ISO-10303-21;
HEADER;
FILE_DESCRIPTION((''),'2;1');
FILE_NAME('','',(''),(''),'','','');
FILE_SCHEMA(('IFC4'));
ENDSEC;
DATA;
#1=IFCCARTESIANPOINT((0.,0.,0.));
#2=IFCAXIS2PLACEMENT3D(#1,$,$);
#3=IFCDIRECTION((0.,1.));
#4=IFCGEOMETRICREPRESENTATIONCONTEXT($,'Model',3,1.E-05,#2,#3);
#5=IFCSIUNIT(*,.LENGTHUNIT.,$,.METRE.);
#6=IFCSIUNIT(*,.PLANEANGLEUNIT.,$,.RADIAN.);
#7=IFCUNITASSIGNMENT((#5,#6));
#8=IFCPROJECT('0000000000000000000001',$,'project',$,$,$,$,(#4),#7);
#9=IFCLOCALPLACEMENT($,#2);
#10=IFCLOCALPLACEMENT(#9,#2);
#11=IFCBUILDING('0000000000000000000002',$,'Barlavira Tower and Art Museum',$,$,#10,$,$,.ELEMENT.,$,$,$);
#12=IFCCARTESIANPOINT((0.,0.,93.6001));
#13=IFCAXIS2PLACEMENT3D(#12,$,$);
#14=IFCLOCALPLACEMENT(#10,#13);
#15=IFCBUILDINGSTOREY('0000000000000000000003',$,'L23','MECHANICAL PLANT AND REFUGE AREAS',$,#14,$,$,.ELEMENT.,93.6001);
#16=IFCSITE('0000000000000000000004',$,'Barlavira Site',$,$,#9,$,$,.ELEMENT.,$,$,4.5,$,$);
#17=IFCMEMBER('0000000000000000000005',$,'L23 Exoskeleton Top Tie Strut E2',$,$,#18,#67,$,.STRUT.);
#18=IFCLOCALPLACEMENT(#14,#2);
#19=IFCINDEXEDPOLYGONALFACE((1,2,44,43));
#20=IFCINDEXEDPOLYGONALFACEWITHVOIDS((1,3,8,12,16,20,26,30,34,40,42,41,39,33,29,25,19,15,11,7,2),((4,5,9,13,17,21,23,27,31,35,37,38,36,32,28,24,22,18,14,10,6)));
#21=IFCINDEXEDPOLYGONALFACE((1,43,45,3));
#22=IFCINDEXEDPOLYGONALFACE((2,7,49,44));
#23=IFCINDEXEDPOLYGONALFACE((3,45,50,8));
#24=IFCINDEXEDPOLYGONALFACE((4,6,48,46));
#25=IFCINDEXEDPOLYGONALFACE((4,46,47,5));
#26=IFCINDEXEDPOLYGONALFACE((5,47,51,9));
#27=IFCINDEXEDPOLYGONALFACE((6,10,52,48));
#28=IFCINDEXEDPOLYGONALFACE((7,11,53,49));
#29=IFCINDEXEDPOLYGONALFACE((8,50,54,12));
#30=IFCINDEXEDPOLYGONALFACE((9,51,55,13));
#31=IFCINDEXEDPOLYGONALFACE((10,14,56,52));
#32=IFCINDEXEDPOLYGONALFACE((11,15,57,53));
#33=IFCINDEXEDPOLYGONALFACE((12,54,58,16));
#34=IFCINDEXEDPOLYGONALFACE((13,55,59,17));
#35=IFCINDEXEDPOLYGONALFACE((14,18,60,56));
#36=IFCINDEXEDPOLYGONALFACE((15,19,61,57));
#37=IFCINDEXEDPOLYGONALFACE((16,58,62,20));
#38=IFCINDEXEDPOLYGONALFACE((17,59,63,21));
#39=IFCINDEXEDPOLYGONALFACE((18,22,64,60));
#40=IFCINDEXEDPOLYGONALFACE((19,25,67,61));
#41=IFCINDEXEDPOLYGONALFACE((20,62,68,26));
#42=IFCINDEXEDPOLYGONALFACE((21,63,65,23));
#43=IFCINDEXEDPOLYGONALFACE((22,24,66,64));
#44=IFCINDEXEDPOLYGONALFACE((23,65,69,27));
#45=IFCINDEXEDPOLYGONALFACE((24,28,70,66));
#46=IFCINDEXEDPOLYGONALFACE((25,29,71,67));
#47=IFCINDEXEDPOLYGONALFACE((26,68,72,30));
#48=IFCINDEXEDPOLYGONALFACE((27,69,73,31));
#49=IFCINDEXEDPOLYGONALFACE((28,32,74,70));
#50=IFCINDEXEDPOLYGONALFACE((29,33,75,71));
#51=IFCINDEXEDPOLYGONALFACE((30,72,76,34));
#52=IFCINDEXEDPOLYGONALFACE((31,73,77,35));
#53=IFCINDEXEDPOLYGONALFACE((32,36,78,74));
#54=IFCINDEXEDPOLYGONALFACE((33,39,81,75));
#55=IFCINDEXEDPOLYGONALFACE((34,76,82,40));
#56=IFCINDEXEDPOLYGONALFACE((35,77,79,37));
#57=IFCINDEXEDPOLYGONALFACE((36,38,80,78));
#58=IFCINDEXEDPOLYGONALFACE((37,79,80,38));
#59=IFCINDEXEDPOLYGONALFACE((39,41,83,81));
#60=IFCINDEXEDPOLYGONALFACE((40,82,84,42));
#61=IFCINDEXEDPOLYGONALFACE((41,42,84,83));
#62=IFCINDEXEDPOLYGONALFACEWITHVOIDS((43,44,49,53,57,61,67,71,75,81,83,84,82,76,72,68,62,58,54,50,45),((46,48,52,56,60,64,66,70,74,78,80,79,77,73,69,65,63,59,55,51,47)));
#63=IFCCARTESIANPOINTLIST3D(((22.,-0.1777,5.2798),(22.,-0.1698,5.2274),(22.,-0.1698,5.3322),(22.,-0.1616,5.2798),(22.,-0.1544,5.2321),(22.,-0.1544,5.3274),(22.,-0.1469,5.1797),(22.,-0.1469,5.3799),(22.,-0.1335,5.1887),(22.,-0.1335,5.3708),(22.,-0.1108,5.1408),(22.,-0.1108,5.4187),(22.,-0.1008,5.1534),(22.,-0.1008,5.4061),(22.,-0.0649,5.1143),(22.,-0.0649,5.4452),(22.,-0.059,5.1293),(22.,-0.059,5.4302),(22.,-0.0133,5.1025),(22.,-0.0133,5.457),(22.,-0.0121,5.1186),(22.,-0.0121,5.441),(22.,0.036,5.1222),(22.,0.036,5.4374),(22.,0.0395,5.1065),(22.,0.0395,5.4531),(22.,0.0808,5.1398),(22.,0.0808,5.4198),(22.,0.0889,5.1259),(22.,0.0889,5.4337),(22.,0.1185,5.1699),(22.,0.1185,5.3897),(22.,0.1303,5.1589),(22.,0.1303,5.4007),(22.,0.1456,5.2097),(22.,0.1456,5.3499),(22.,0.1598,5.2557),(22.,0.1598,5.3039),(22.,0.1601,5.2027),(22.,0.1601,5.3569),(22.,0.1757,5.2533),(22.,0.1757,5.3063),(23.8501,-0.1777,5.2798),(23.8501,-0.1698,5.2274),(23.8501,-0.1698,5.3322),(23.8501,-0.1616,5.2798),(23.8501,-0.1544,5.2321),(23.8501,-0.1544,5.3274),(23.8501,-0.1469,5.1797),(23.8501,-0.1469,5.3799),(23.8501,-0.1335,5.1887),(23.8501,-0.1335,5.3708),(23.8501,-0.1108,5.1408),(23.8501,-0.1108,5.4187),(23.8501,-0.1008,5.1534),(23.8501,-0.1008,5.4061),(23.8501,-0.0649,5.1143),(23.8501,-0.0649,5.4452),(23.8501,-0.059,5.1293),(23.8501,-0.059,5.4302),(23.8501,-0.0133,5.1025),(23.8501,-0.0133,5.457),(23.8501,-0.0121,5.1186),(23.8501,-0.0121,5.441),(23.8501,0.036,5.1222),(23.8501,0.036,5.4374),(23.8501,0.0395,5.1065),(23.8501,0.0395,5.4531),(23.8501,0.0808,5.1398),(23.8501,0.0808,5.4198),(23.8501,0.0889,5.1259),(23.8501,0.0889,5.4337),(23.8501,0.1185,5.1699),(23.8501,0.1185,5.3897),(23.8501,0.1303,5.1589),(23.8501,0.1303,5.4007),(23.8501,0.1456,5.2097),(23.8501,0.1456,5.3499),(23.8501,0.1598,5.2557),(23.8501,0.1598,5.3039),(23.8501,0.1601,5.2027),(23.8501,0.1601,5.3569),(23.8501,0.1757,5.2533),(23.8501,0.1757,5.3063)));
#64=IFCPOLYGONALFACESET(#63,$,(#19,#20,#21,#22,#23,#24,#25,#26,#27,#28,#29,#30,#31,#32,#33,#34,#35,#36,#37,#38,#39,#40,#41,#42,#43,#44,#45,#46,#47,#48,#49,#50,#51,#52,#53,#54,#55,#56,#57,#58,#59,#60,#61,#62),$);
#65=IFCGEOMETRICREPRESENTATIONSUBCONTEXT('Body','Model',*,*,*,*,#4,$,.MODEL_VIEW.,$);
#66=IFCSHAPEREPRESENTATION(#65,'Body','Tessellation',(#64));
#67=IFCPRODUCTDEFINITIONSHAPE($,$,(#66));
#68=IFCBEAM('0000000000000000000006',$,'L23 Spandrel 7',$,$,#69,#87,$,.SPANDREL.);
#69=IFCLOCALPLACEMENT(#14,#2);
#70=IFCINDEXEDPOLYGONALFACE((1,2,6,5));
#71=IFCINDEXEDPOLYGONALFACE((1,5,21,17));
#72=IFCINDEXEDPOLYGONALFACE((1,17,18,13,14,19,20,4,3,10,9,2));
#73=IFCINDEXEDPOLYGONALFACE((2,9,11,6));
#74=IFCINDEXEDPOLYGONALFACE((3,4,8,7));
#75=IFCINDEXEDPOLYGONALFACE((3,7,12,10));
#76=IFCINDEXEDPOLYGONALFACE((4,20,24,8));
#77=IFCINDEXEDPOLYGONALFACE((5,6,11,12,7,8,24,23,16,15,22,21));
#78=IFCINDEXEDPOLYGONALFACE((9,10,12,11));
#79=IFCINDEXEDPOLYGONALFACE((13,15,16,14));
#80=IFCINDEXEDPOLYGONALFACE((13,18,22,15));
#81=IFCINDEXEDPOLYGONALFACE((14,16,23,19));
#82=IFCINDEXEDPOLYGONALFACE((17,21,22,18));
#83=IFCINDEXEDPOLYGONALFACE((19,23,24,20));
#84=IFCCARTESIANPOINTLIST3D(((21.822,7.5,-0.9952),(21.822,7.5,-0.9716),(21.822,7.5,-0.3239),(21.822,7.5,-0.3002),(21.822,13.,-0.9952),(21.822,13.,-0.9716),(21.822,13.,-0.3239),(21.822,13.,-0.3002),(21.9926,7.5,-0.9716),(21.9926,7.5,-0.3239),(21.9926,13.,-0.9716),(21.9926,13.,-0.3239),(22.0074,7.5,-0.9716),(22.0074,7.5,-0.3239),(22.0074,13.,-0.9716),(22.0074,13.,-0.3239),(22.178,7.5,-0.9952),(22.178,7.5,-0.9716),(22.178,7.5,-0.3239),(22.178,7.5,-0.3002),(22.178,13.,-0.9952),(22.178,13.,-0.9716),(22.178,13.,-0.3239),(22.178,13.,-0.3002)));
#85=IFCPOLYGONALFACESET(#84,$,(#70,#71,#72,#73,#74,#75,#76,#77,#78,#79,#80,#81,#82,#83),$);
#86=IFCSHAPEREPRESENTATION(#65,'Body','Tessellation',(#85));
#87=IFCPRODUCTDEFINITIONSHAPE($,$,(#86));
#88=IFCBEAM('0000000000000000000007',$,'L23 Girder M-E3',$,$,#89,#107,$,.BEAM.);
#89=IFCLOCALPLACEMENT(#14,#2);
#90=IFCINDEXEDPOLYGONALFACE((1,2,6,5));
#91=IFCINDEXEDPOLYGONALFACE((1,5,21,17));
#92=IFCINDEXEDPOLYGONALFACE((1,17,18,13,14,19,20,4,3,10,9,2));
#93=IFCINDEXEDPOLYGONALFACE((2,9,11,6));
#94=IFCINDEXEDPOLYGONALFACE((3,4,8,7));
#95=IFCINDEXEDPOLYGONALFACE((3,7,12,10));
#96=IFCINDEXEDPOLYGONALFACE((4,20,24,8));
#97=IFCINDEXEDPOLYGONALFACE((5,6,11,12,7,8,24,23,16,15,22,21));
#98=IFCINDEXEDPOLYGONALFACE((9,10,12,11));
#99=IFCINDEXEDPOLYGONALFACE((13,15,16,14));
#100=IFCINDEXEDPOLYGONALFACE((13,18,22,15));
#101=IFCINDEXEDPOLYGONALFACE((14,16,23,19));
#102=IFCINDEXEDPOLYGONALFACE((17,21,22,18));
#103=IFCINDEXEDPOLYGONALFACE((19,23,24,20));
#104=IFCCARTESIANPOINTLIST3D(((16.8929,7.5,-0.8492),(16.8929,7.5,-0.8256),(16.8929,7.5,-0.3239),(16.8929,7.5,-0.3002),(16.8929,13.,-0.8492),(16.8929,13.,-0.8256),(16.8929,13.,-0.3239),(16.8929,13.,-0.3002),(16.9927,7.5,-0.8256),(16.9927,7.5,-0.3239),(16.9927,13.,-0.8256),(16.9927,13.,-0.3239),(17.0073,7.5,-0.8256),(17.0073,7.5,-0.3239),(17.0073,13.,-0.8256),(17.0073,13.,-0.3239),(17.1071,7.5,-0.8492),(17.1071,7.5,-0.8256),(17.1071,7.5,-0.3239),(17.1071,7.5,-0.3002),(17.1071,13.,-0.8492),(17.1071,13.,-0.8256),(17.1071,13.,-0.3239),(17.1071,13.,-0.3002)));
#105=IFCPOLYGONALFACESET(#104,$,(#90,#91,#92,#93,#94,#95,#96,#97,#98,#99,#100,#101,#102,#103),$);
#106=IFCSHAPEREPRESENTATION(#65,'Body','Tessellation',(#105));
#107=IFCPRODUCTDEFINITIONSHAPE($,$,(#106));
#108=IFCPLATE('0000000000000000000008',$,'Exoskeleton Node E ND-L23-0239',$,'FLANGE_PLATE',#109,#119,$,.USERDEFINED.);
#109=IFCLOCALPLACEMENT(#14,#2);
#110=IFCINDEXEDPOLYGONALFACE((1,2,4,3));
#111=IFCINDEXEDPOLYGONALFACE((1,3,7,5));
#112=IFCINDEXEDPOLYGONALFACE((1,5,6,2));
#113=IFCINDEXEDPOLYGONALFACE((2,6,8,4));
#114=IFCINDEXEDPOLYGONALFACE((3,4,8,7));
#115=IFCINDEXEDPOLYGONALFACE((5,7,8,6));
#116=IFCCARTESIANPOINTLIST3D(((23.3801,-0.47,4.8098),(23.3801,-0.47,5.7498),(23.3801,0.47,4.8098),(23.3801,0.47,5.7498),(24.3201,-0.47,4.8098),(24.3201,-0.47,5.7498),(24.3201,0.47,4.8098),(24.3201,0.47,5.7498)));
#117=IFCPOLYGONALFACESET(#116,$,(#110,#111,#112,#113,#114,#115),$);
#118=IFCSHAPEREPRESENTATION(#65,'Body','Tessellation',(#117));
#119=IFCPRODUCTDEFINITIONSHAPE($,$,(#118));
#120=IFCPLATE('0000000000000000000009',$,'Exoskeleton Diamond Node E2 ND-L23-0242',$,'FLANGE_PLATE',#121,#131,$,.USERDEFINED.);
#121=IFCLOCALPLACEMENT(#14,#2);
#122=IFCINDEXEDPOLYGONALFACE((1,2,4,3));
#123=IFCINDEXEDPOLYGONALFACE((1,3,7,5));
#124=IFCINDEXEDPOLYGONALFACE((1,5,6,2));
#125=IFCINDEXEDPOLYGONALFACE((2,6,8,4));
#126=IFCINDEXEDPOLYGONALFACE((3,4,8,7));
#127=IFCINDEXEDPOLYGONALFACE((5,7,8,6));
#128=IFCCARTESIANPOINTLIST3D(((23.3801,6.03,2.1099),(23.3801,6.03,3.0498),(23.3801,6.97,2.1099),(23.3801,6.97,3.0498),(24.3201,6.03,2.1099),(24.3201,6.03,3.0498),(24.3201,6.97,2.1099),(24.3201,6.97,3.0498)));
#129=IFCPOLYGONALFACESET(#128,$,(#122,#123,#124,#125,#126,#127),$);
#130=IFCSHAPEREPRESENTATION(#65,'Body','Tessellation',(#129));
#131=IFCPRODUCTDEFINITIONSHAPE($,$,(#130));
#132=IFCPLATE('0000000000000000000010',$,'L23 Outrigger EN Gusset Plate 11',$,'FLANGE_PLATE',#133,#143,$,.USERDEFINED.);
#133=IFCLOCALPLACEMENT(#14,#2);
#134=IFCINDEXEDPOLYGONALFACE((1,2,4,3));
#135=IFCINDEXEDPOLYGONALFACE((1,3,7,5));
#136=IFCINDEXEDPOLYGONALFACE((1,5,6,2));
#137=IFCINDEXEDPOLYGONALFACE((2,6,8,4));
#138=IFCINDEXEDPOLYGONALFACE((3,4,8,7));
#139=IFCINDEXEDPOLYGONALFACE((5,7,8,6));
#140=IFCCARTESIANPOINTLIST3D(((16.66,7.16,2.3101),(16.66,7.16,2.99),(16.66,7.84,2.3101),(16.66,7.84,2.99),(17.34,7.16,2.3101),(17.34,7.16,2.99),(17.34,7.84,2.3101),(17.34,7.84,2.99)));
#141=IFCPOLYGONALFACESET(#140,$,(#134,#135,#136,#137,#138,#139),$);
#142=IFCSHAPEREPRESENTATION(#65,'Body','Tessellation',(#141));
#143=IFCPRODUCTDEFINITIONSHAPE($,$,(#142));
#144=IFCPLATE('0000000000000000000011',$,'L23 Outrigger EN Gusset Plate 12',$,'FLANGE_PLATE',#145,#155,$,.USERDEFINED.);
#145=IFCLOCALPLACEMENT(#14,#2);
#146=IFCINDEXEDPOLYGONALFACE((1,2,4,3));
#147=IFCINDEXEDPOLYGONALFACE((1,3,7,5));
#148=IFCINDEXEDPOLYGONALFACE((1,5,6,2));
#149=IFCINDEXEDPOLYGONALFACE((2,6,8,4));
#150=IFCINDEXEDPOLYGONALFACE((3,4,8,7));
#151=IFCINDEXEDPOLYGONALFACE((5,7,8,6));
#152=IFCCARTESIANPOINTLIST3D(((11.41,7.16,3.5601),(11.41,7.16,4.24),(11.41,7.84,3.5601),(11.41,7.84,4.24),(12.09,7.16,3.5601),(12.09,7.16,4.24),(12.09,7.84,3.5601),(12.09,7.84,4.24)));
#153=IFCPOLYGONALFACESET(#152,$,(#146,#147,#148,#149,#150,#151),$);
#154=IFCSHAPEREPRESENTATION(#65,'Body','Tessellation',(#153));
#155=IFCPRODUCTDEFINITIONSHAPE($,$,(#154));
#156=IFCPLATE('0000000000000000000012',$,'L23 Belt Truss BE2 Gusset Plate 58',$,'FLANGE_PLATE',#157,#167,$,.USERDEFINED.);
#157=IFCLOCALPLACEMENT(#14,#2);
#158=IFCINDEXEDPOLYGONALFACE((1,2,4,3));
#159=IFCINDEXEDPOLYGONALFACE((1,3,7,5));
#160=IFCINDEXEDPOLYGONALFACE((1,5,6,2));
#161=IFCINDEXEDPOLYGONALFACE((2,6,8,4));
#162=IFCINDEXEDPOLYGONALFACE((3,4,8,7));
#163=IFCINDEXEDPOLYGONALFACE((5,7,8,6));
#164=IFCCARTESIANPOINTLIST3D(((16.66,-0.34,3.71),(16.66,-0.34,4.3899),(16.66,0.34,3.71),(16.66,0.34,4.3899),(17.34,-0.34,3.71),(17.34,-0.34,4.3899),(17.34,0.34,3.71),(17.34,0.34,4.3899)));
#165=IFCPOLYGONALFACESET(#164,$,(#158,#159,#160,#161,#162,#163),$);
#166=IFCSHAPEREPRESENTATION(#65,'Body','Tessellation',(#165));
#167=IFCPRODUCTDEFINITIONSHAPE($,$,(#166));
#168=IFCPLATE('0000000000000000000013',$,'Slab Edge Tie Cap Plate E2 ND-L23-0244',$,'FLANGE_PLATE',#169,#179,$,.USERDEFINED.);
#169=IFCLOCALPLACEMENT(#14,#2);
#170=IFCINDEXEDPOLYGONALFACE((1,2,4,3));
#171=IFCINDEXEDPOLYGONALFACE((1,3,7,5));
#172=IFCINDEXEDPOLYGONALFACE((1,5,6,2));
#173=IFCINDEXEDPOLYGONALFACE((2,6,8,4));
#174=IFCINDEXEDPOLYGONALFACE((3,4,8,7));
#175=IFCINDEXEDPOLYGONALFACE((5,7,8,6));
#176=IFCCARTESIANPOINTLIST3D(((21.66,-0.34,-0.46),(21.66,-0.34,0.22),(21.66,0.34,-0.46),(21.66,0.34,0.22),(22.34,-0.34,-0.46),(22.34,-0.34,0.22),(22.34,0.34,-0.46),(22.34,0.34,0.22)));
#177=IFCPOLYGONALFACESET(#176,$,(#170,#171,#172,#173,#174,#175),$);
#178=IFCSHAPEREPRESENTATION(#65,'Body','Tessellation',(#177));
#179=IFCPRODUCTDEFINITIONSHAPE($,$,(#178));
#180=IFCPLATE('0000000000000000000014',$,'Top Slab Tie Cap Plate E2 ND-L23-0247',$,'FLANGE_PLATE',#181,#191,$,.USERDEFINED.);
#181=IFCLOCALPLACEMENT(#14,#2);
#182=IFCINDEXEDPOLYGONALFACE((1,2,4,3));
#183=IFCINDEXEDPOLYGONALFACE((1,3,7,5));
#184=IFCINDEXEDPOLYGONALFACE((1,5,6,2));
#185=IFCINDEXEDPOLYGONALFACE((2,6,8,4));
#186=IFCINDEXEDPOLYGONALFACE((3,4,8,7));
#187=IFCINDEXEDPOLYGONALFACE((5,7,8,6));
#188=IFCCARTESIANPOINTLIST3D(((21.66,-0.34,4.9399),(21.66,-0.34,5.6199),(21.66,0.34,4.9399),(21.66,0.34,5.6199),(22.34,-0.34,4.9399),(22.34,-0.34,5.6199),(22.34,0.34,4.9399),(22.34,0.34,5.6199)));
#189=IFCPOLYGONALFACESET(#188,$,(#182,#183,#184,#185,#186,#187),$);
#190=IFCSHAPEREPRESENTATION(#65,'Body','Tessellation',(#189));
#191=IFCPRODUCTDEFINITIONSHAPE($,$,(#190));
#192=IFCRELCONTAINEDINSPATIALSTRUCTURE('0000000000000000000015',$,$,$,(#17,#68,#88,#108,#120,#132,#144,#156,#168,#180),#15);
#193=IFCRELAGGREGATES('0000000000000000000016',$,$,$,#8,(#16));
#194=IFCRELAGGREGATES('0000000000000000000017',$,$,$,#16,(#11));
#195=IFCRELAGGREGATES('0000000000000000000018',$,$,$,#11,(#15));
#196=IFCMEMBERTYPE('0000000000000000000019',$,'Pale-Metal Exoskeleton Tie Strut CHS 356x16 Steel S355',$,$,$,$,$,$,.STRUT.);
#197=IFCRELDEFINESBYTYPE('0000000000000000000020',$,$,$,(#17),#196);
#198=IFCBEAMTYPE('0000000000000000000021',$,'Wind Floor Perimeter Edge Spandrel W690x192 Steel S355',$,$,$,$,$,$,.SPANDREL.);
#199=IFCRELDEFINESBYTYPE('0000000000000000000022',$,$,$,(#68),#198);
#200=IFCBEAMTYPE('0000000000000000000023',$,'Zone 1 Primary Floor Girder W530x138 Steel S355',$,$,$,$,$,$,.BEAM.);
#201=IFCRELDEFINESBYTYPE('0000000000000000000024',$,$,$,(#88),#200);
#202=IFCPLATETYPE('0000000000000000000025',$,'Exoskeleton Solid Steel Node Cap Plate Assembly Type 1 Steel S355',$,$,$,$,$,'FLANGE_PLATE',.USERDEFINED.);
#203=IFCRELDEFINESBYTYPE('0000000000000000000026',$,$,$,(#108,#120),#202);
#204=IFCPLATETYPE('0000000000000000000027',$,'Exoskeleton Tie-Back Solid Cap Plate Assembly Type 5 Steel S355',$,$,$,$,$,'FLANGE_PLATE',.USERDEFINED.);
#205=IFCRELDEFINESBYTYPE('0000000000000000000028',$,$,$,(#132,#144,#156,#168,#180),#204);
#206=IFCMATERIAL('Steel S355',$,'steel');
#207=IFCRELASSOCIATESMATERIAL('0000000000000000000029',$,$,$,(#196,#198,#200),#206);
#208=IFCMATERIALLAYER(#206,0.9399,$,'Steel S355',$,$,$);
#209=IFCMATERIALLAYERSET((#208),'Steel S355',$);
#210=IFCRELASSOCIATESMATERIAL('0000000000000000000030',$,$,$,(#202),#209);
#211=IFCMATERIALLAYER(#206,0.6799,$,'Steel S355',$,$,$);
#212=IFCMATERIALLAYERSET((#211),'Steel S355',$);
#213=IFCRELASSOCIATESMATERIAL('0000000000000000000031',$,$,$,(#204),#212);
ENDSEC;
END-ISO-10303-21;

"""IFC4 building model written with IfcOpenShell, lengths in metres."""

from ifc_helpers import new_model, si_unit, direction, frame, origin, origin_2d, place, context, subcontext, project, spatial, rectangle, hollow_circle, i_section, extrude, material, layer, layer_set, material_profile, profile_set, type_object, element, save


model = new_model("IFC4")

# Units and contexts
model_context = context("Model", 3, precision=1e-05, world=origin(), true_north=direction((0.0, 1.0)))
body_context = subcontext(model_context, "Body", "Model", "MODEL_VIEW")
ifc_project = project(units=[si_unit("LENGTHUNIT", "METRE"), si_unit("PLANEANGLEUNIT", "RADIAN")], contexts=[model_context])

# Site, building, storey
site_placement = place(None, origin())
site = spatial("IfcSite", under=ifc_project, at=site_placement, Name="Barlavira Site", CompositionType="ELEMENT", RefElevation=4.5)
building_placement = place(site_placement, origin())
building = spatial("IfcBuilding", under=site, at=building_placement, Name="Barlavira Tower and Art Museum", CompositionType="ELEMENT")
storey_placement = place(building_placement, frame((0.0, 0.0, 93.6001)))
storey = spatial("IfcBuildingStorey", under=building, at=storey_placement, Name="L23", Description="MECHANICAL PLANT AND REFUGE AREAS", CompositionType="ELEMENT", Elevation=93.6001)

# Member
ifc_material_1 = material(Name="Steel S355", Category="steel")
ifc_material_profile_1 = material_profile(ifc_material_1, hollow_circle(Radius=0.1777, WallThickness=0.0161, at=origin_2d()), Name="CHS 355.6x16.0")
ifc_profile_set_1 = profile_set([ifc_material_profile_1], Name="Steel S355")
member_type_1 = type_object("IfcMemberType", Name="Pale-Metal Exoskeleton Tie Strut CHS 356x16 Steel S355", PredefinedType="STRUT", material=ifc_profile_set_1)
for number, where, z_axis, x_axis, name in (
    (1, (23.8501, 0.0, 5.2798), (-1.0, 0.0, 0.0), (0.0, -1.0, 0.0), "L23 Exoskeleton Top Tie Strut E2"),
):
    element("IfcMember", number, at=place(storey_placement, frame(where, z_axis=z_axis, x_axis=x_axis)), inside=storey, type_object=member_type_1, Name=name, PredefinedType="STRUT", context=body_context, shape_type="SweptSolid", body=[
        extrude(hollow_circle(Radius=0.1777, WallThickness=0.0161, at=origin_2d()), origin(), (0.0, 0.0, 1.0), 1.8501),
    ])

# Beams
ifc_material_profile_2 = material_profile(ifc_material_1, i_section(OverallWidth=0.356, OverallDepth=0.6951, WebThickness=0.0149, FlangeThickness=0.0237, at=origin_2d()), Name="W690x192.0")
ifc_profile_set_2 = profile_set([ifc_material_profile_2], Name="Steel S355")
beam_type_1 = type_object("IfcBeamType", Name="Wind Floor Perimeter Edge Spandrel W690x192 Steel S355", PredefinedType="SPANDREL", material=ifc_profile_set_2)
beam_1_placement = place(storey_placement, frame((22.0, 7.5, -0.6477), z_axis=(0.0, 1.0, 0.0), x_axis=(-1.0, 0.0, 0.0)))
element("IfcBeam", 2, at=beam_1_placement, inside=storey, type_object=beam_type_1, Name="L23 Spandrel 7", PredefinedType="SPANDREL", context=body_context, shape_type="SweptSolid", body=[
    extrude(i_section(OverallWidth=0.356, OverallDepth=0.6951, WebThickness=0.0149, FlangeThickness=0.0237, at=origin_2d()), origin(), (0.0, 0.0, 1.0), 5.5),
])
ifc_material_profile_3 = material_profile(ifc_material_1, i_section(OverallWidth=0.2141, OverallDepth=0.5491, WebThickness=0.0146, FlangeThickness=0.0237, at=origin_2d()), Name="W530x138.0")
ifc_profile_set_3 = profile_set([ifc_material_profile_3], Name="Steel S355")
beam_type_2 = type_object("IfcBeamType", Name="Zone 1 Primary Floor Girder W530x138 Steel S355", PredefinedType="BEAM", material=ifc_profile_set_3)
beam_2_placement = place(storey_placement, frame((17.0, 7.5, -0.5747), z_axis=(0.0, 1.0, 0.0), x_axis=(-1.0, 0.0, 0.0)))
element("IfcBeam", 3, at=beam_2_placement, inside=storey, type_object=beam_type_2, Name="L23 Girder M-E3", PredefinedType="BEAM", context=body_context, shape_type="SweptSolid", body=[
    extrude(i_section(OverallWidth=0.2141, OverallDepth=0.5491, WebThickness=0.0146, FlangeThickness=0.0237, at=origin_2d()), origin(), (0.0, 0.0, 1.0), 5.5),
])

# Plates
ifc_layer_1 = layer(ifc_material_1, 0.9399, Name="Steel S355")
ifc_layer_set_1 = layer_set([ifc_layer_1], Name="Steel S355")
plate_type_1 = type_object("IfcPlateType", Name="Exoskeleton Solid Steel Node Cap Plate Assembly Type 1 Steel S355", ElementType="FLANGE_PLATE", PredefinedType="USERDEFINED", material=ifc_layer_set_1)
for number, where, z_axis, x_axis, name in (
    (4, (23.8501, 0.0, 4.8098), (0.0, 0.0, 1.0), (1.0, 0.0, 0.0), "Exoskeleton Node E ND-L23-0239"),
    (5, (23.8501, 6.5, 2.1099), (0.0, 0.0, 1.0), (1.0, 0.0, 0.0), "Exoskeleton Diamond Node E2 ND-L23-0242"),
):
    element("IfcPlate", number, at=place(storey_placement, frame(where, z_axis=z_axis, x_axis=x_axis)), inside=storey, type_object=plate_type_1, Name=name, ObjectType="FLANGE_PLATE", PredefinedType="USERDEFINED", context=body_context, shape_type="SweptSolid", body=[
        extrude(rectangle(XDim=0.9399, YDim=0.9399, at=origin_2d()), origin(), (0.0, 0.0, 1.0), 0.9399),
    ])
ifc_layer_2 = layer(ifc_material_1, 0.6799, Name="Steel S355")
ifc_layer_set_2 = layer_set([ifc_layer_2], Name="Steel S355")
plate_type_2 = type_object("IfcPlateType", Name="Exoskeleton Tie-Back Solid Cap Plate Assembly Type 5 Steel S355", ElementType="FLANGE_PLATE", PredefinedType="USERDEFINED", material=ifc_layer_set_2)
for number, where, z_axis, x_axis, name in (
    (6, (17.0, 7.5, 2.3101), (0.0, 0.0, 1.0), (1.0, 0.0, 0.0), "L23 Outrigger EN Gusset Plate 11"),
    (7, (11.75, 7.5, 3.5601), (0.0, 0.0, 1.0), (1.0, 0.0, 0.0), "L23 Outrigger EN Gusset Plate 12"),
    (8, (17.0, 0.0, 3.71), (0.0, 0.0, 1.0), (1.0, 0.0, 0.0), "L23 Belt Truss BE2 Gusset Plate 58"),
    (9, (22.0, 0.0, -0.46), (0.0, 0.0, 1.0), (1.0, 0.0, 0.0), "Slab Edge Tie Cap Plate E2 ND-L23-0244"),
    (10, (22.0, 0.0, 4.9399), (0.0, 0.0, 1.0), (1.0, 0.0, 0.0), "Top Slab Tie Cap Plate E2 ND-L23-0247"),
):
    element("IfcPlate", number, at=place(storey_placement, frame(where, z_axis=z_axis, x_axis=x_axis)), inside=storey, type_object=plate_type_2, Name=name, ObjectType="FLANGE_PLATE", PredefinedType="USERDEFINED", context=body_context, shape_type="SweptSolid", body=[
        extrude(rectangle(XDim=0.6799, YDim=0.6799, at=origin_2d()), origin(), (0.0, 0.0, 1.0), 0.6799),
    ])

save(model, "model.ifc")
